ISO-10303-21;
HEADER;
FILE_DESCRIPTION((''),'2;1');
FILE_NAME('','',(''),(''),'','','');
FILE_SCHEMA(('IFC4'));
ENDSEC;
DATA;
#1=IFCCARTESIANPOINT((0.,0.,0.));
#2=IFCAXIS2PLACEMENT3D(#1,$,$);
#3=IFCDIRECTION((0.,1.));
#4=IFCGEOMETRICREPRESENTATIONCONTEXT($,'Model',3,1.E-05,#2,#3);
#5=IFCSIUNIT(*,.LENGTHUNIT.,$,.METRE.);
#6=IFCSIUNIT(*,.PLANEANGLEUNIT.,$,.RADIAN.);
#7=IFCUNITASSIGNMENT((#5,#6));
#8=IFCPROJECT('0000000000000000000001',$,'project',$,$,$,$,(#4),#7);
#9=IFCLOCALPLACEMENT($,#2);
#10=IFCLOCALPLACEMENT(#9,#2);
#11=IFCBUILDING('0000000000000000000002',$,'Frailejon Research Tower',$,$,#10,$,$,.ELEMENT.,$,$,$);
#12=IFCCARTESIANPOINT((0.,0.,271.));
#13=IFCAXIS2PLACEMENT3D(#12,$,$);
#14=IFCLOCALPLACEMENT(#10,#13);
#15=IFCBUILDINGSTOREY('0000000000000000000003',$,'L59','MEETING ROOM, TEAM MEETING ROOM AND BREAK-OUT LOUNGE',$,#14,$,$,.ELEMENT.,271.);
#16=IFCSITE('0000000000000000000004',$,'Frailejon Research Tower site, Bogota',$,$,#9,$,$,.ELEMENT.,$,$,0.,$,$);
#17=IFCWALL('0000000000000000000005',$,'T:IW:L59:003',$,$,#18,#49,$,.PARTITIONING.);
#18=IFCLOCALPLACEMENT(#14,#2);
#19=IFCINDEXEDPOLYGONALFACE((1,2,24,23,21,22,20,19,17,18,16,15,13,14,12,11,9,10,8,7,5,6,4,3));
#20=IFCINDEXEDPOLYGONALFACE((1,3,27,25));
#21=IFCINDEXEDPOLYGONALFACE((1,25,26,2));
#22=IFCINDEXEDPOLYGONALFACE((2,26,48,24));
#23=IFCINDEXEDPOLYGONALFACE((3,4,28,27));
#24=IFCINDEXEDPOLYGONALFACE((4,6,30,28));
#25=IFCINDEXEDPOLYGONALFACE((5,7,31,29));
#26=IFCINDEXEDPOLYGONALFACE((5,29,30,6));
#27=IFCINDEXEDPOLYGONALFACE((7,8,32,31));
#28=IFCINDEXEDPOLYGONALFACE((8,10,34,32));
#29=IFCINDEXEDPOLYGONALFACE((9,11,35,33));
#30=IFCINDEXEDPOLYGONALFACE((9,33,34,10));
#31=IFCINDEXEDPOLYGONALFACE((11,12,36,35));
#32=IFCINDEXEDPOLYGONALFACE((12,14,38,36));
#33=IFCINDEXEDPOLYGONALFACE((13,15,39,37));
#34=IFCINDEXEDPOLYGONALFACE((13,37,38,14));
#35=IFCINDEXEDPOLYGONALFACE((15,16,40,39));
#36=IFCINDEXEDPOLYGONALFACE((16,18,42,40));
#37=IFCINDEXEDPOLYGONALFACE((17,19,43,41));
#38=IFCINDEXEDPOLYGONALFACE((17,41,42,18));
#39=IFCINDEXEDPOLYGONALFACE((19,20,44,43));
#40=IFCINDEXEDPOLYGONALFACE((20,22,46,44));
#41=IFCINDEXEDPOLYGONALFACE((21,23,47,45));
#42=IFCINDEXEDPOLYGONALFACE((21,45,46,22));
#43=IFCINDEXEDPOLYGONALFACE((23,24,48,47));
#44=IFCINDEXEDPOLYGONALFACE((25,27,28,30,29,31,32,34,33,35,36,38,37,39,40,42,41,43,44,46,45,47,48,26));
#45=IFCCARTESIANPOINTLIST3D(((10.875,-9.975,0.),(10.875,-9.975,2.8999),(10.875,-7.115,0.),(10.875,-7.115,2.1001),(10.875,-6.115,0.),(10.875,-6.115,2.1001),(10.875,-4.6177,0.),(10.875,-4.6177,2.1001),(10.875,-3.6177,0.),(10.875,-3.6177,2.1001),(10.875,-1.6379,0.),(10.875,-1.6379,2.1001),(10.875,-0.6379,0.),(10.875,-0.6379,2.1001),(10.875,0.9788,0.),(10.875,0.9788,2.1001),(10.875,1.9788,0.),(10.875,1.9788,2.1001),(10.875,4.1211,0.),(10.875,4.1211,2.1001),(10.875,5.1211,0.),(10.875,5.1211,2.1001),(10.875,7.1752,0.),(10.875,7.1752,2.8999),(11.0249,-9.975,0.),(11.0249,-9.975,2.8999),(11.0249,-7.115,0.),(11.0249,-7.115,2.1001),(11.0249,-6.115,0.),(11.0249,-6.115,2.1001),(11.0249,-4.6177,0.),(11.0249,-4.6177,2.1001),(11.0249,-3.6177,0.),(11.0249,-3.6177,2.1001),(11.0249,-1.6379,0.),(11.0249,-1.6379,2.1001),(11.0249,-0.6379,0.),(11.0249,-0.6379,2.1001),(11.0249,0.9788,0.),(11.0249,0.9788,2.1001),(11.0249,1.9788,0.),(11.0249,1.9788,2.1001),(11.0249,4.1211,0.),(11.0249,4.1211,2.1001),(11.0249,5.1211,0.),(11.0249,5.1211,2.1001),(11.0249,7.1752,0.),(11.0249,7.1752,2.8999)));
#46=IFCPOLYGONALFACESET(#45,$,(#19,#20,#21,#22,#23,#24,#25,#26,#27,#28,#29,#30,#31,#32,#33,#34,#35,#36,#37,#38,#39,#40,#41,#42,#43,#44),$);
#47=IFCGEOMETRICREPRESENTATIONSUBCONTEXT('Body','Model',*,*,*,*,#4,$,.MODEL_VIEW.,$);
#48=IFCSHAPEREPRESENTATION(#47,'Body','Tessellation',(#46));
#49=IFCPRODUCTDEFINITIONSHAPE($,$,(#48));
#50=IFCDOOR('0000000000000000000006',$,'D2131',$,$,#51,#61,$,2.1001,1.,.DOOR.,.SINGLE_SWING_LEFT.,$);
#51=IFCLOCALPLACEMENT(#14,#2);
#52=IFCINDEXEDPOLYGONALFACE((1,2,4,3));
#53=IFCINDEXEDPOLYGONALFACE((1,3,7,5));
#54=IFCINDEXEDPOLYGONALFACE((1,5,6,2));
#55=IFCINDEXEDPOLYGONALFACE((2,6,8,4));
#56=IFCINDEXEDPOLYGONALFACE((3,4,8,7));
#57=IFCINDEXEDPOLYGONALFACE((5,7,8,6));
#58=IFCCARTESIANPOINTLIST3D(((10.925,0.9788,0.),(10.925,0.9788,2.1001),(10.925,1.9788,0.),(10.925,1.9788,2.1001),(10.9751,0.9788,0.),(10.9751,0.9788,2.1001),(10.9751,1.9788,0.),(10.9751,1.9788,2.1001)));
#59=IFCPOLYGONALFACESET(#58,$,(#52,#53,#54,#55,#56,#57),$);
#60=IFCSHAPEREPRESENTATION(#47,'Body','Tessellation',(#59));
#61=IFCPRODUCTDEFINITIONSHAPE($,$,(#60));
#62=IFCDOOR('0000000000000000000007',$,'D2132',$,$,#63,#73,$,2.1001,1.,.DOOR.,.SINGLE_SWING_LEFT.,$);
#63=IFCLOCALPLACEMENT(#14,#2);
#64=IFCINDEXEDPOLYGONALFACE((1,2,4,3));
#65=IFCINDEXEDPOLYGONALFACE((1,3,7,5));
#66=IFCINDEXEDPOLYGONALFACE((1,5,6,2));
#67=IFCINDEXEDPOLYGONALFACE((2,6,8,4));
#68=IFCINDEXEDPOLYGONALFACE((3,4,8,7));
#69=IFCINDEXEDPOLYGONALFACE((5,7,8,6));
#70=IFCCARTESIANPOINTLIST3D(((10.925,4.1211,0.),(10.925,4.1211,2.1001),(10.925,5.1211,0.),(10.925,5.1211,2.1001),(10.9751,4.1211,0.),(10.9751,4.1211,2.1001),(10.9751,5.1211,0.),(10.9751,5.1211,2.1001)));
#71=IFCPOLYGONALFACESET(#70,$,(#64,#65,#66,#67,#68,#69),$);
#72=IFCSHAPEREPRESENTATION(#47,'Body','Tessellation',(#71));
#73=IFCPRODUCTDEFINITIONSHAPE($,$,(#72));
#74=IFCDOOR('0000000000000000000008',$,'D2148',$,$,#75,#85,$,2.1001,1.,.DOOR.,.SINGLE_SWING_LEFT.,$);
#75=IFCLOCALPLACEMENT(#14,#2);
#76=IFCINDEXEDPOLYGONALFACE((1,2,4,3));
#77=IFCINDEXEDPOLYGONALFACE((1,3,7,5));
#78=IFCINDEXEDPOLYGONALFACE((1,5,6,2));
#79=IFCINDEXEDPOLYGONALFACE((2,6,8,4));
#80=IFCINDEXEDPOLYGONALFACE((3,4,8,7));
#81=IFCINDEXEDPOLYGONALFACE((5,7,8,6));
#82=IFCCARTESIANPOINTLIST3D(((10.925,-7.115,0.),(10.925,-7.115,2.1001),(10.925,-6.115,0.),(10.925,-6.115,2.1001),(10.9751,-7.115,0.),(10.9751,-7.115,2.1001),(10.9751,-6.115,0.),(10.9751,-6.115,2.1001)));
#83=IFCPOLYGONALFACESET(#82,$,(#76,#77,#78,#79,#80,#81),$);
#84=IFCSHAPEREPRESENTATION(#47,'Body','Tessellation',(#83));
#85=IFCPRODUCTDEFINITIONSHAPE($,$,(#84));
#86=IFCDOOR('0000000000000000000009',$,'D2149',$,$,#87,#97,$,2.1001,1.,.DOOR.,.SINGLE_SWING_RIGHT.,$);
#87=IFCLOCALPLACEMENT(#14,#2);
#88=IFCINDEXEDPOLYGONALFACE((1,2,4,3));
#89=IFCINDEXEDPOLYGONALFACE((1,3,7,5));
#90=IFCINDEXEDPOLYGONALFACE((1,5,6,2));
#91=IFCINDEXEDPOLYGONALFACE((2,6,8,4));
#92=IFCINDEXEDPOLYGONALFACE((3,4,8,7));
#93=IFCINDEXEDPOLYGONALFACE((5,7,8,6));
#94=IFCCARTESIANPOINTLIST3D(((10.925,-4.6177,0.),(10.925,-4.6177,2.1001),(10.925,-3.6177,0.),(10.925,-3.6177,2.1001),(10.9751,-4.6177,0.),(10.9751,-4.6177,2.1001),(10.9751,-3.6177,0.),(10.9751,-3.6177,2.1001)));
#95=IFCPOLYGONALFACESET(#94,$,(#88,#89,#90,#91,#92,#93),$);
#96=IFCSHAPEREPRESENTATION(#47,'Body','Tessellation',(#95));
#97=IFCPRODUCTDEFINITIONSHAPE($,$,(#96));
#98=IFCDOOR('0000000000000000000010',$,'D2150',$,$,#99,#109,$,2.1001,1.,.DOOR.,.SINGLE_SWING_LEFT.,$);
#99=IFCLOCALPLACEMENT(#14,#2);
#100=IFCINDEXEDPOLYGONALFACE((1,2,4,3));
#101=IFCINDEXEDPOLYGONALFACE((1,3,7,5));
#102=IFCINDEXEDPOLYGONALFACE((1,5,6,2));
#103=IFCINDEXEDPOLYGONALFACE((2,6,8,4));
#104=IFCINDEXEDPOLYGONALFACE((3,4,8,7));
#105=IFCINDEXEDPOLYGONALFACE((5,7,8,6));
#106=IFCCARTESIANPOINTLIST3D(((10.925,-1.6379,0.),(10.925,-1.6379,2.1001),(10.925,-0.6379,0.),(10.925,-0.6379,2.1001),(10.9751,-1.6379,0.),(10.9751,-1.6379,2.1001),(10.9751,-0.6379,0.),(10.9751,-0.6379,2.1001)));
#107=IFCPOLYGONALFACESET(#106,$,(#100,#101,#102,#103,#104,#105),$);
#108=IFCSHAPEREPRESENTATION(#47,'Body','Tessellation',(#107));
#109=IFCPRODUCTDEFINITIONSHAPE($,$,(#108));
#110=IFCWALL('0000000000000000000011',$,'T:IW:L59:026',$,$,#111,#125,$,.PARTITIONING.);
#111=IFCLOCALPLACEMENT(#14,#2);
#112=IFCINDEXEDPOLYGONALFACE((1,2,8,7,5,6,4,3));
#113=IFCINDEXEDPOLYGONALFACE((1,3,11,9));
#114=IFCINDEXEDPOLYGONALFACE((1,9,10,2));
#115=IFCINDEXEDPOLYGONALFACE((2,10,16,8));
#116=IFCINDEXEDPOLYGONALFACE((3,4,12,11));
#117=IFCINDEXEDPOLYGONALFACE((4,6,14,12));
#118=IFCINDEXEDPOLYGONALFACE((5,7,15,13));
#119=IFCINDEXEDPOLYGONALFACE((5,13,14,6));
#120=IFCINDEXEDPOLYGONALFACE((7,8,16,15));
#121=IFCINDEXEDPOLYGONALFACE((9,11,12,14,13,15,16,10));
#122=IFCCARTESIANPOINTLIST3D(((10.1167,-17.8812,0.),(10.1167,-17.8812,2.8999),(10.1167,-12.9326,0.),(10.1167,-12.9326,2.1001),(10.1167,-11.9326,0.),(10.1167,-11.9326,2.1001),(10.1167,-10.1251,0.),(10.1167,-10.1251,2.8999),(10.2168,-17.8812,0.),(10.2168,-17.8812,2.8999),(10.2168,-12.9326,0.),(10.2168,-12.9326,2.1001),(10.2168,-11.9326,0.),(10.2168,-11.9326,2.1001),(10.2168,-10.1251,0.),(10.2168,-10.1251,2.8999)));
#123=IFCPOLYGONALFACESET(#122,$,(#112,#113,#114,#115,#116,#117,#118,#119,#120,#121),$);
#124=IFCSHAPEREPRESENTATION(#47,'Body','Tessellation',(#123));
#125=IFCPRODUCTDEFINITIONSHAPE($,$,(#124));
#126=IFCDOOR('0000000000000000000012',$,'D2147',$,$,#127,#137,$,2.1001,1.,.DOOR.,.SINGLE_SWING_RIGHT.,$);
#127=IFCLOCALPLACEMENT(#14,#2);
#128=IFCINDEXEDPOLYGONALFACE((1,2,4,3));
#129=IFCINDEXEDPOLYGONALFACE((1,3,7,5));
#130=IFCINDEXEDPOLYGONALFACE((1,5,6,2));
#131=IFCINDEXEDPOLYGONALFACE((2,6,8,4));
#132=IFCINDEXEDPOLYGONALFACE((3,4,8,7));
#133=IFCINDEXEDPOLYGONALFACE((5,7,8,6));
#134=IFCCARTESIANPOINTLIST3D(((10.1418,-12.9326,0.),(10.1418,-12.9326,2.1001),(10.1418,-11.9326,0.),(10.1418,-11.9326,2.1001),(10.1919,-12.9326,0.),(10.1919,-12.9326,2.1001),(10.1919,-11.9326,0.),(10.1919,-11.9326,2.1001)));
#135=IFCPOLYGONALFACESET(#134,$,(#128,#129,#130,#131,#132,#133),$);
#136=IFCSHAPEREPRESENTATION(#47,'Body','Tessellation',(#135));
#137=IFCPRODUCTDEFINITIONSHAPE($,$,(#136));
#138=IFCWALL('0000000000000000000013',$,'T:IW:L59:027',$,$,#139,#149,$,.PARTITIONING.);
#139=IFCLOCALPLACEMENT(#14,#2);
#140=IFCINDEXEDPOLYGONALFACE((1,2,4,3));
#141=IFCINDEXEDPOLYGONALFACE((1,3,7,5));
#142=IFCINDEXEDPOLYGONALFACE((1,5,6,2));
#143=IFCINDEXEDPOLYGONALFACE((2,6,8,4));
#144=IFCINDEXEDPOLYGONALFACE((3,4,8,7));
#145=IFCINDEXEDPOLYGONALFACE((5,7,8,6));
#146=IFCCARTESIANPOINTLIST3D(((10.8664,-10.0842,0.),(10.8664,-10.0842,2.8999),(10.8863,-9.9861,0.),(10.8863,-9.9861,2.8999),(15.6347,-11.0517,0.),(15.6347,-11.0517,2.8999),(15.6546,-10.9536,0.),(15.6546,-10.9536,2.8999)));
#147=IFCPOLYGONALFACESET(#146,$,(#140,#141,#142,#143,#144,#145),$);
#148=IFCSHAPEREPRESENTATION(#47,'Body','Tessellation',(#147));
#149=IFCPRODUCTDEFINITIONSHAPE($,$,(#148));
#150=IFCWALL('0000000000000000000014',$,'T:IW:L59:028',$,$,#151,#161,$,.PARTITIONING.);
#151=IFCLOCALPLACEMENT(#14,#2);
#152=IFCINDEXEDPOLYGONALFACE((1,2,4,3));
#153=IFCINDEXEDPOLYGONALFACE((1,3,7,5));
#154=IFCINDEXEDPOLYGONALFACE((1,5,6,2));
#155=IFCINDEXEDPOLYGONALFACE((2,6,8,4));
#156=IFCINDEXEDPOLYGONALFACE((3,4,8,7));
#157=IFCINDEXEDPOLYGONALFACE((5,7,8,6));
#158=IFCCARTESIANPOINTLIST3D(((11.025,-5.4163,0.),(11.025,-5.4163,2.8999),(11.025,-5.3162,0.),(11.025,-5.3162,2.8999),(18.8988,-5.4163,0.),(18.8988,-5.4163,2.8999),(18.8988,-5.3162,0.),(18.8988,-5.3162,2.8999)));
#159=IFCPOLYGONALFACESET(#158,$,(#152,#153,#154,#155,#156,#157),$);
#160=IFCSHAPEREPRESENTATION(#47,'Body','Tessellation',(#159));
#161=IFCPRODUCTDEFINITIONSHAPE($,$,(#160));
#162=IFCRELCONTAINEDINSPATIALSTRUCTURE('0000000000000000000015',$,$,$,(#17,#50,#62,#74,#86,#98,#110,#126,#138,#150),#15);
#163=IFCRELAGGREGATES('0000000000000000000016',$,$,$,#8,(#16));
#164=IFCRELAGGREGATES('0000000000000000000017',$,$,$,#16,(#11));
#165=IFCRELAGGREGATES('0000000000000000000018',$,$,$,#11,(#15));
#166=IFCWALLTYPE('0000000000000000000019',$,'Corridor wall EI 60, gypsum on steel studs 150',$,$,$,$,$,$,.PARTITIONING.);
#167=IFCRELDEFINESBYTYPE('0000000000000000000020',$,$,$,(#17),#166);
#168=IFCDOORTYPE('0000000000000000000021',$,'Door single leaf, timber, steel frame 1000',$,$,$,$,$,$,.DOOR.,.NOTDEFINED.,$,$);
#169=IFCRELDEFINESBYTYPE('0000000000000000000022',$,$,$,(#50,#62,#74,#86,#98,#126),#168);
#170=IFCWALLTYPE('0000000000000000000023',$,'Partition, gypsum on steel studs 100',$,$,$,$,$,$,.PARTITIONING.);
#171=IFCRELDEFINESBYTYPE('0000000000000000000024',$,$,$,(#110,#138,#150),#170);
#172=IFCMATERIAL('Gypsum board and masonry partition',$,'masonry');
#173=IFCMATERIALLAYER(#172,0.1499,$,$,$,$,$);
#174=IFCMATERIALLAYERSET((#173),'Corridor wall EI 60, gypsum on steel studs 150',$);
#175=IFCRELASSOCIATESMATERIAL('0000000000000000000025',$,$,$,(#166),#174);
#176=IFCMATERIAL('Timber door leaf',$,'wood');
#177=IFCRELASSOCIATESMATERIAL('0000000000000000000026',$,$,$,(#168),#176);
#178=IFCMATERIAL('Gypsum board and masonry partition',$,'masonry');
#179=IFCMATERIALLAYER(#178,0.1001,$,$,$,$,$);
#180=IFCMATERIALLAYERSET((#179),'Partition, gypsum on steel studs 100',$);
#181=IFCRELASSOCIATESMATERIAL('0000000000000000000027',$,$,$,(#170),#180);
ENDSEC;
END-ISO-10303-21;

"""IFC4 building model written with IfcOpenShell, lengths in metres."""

from ifc_helpers import new_model, si_unit, direction, frame, frame_2d, origin, place, context, subcontext, project, spatial, rectangle, extrude, material, layer, layer_set, type_object, element, fill, save


model = new_model("IFC4")

# Units and contexts
model_context = context("Model", 3, precision=1e-05, world=origin(), true_north=direction((0.0, 1.0)))
body_context = subcontext(model_context, "Body", "Model", "MODEL_VIEW")
ifc_project = project(units=[si_unit("LENGTHUNIT", "METRE"), si_unit("PLANEANGLEUNIT", "RADIAN")], contexts=[model_context])

# Site, building, storey
site_placement = place(None, origin())
site = spatial("IfcSite", under=ifc_project, at=site_placement, Name="Frailejon Research Tower site, Bogota", CompositionType="ELEMENT", RefElevation=0.0)
building_placement = place(site_placement, origin())
building = spatial("IfcBuilding", under=site, at=building_placement, Name="Frailejon Research Tower", CompositionType="ELEMENT")
storey_placement = place(building_placement, frame((0.0, 0.0, 271.0)))
storey = spatial("IfcBuildingStorey", under=building, at=storey_placement, Name="L59", Description="MEETING ROOM, TEAM MEETING ROOM AND BREAK-OUT LOUNGE", CompositionType="ELEMENT", Elevation=271.0)

# Wall, openings, doors
ifc_material_1 = material(Name="Gypsum board and masonry partition", Category="masonry")
ifc_layer_1 = layer(ifc_material_1, 0.1499)
ifc_layer_set_1 = layer_set([ifc_layer_1], Name="Corridor wall EI 60, gypsum on steel studs 150")
wall_type_1 = type_object("IfcWallType", Name="Corridor wall EI 60, gypsum on steel studs 150", PredefinedType="PARTITIONING", material=ifc_layer_set_1)
wall_1_placement = place(storey_placement, frame((10.95, -9.9751, 0.0), z_axis=(0.0, 0.0, 1.0), x_axis=(0.0, 1.0, 0.0)))
wall_1 = element("IfcWall", 1, at=wall_1_placement, inside=storey, type_object=wall_type_1, Name="T:IW:L59:003", PredefinedType="PARTITIONING", context=body_context, shape_type="SweptSolid", body=[
    extrude(rectangle(XDim=17.1501, YDim=0.1499, at=frame_2d((8.5752, 0.0))), origin(), (0.0, 0.0, 1.0), 2.8999),
])
opening_1_placement = place(wall_1_placement, frame((10.9539, 0.0, 0.0)))
opening_1 = element("IfcOpeningElement", 2, at=opening_1_placement, cuts=wall_1, PredefinedType="OPENING", context=body_context, shape_type="SweptSolid", body=[
    extrude(rectangle(XDim=1.0, YDim=2.1001, at=frame_2d((0.5, 1.05))), frame((0.0, 0.085, 0.0), z_axis=(0.0, -1.0, 0.0), x_axis=(1.0, 0.0, 0.0)), (0.0, 0.0, 1.0), 0.1699),
])
opening_2_placement = place(wall_1_placement, frame((14.0962, 0.0, 0.0)))
opening_2 = element("IfcOpeningElement", 3, at=opening_2_placement, cuts=wall_1, PredefinedType="OPENING", context=body_context, shape_type="SweptSolid", body=[
    extrude(rectangle(XDim=1.0, YDim=2.1001, at=frame_2d((0.5, 1.05))), frame((0.0, 0.085, 0.0), z_axis=(0.0, -1.0, 0.0), x_axis=(1.0, 0.0, 0.0)), (0.0, 0.0, 1.0), 0.1699),
])
opening_3_placement = place(wall_1_placement, frame((2.8601, 0.0, 0.0)))
opening_3 = element("IfcOpeningElement", 4, at=opening_3_placement, cuts=wall_1, PredefinedType="OPENING", context=body_context, shape_type="SweptSolid", body=[
    extrude(rectangle(XDim=1.0, YDim=2.1001, at=frame_2d((0.5, 1.05))), frame((0.0, 0.085, 0.0), z_axis=(0.0, -1.0, 0.0), x_axis=(1.0, 0.0, 0.0)), (0.0, 0.0, 1.0), 0.1699),
])
opening_4_placement = place(wall_1_placement, frame((5.3574, 0.0, 0.0)))
opening_4 = element("IfcOpeningElement", 5, at=opening_4_placement, cuts=wall_1, PredefinedType="OPENING", context=body_context, shape_type="SweptSolid", body=[
    extrude(rectangle(XDim=1.0, YDim=2.1001, at=frame_2d((0.5, 1.05))), frame((0.0, 0.085, 0.0), z_axis=(0.0, -1.0, 0.0), x_axis=(1.0, 0.0, 0.0)), (0.0, 0.0, 1.0), 0.1699),
])
opening_5_placement = place(wall_1_placement, frame((8.3372, 0.0, 0.0)))
opening_5 = element("IfcOpeningElement", 6, at=opening_5_placement, cuts=wall_1, PredefinedType="OPENING", context=body_context, shape_type="SweptSolid", body=[
    extrude(rectangle(XDim=1.0, YDim=2.1001, at=frame_2d((0.5, 1.05))), frame((0.0, 0.085, 0.0), z_axis=(0.0, -1.0, 0.0), x_axis=(1.0, 0.0, 0.0)), (0.0, 0.0, 1.0), 0.1699),
])
ifc_material_2 = material(Name="Timber door leaf", Category="wood")
door_type_1 = type_object("IfcDoorType", Name="Door single leaf, timber, steel frame 1000", OperationType="NOTDEFINED", PredefinedType="DOOR", material=ifc_material_2)
door_1_placement = place(opening_1_placement, origin())
door_1 = element("IfcDoor", 7, at=door_1_placement, inside=storey, type_object=door_type_1, Name="D2131", OperationType="SINGLE_SWING_LEFT", OverallHeight=2.1001, OverallWidth=1.0, PredefinedType="DOOR", context=body_context, shape_type="SweptSolid", body=[
    extrude(rectangle(XDim=1.0, YDim=2.1001, at=frame_2d((0.5, 1.05))), frame((0.0, 0.0249, 0.0), z_axis=(0.0, -1.0, 0.0), x_axis=(1.0, 0.0, 0.0)), (0.0, 0.0, 1.0), 0.05),
])
fill(opening_1, door_1)
door_2_placement = place(opening_2_placement, origin())
door_2 = element("IfcDoor", 8, at=door_2_placement, inside=storey, type_object=door_type_1, Name="D2132", OperationType="SINGLE_SWING_LEFT", OverallHeight=2.1001, OverallWidth=1.0, PredefinedType="DOOR", context=body_context, shape_type="SweptSolid", body=[
    extrude(rectangle(XDim=1.0, YDim=2.1001, at=frame_2d((0.5, 1.05))), frame((0.0, 0.0249, 0.0), z_axis=(0.0, -1.0, 0.0), x_axis=(1.0, 0.0, 0.0)), (0.0, 0.0, 1.0), 0.05),
])
fill(opening_2, door_2)
door_3_placement = place(opening_3_placement, origin())
door_3 = element("IfcDoor", 9, at=door_3_placement, inside=storey, type_object=door_type_1, Name="D2148", OperationType="SINGLE_SWING_LEFT", OverallHeight=2.1001, OverallWidth=1.0, PredefinedType="DOOR", context=body_context, shape_type="SweptSolid", body=[
    extrude(rectangle(XDim=1.0, YDim=2.1001, at=frame_2d((0.5, 1.05))), frame((0.0, 0.0249, 0.0), z_axis=(0.0, -1.0, 0.0), x_axis=(1.0, 0.0, 0.0)), (0.0, 0.0, 1.0), 0.05),
])
fill(opening_3, door_3)
door_4_placement = place(opening_4_placement, origin())
door_4 = element("IfcDoor", 10, at=door_4_placement, inside=storey, type_object=door_type_1, Name="D2149", OperationType="SINGLE_SWING_RIGHT", OverallHeight=2.1001, OverallWidth=1.0, PredefinedType="DOOR", context=body_context, shape_type="SweptSolid", body=[
    extrude(rectangle(XDim=1.0, YDim=2.1001, at=frame_2d((0.5, 1.05))), frame((0.0, 0.0249, 0.0), z_axis=(0.0, -1.0, 0.0), x_axis=(1.0, 0.0, 0.0)), (0.0, 0.0, 1.0), 0.05),
])
fill(opening_4, door_4)
door_5_placement = place(opening_5_placement, origin())
door_5 = element("IfcDoor", 11, at=door_5_placement, inside=storey, type_object=door_type_1, Name="D2150", OperationType="SINGLE_SWING_LEFT", OverallHeight=2.1001, OverallWidth=1.0, PredefinedType="DOOR", context=body_context, shape_type="SweptSolid", body=[
    extrude(rectangle(XDim=1.0, YDim=2.1001, at=frame_2d((0.5, 1.05))), frame((0.0, 0.0249, 0.0), z_axis=(0.0, -1.0, 0.0), x_axis=(1.0, 0.0, 0.0)), (0.0, 0.0, 1.0), 0.05),
])
fill(opening_5, door_5)

# Wall, opening, door
ifc_material_3 = material(Name="Gypsum board and masonry partition", Category="masonry")
ifc_layer_2 = layer(ifc_material_3, 0.1001)
ifc_layer_set_2 = layer_set([ifc_layer_2], Name="Partition, gypsum on steel studs 100")
wall_type_2 = type_object("IfcWallType", Name="Partition, gypsum on steel studs 100", PredefinedType="PARTITIONING", material=ifc_layer_set_2)
wall_2_placement = place(storey_placement, frame((10.1667, -17.8811, 0.0), z_axis=(0.0, 0.0, 1.0), x_axis=(0.0, 1.0, 0.0)))
wall_2 = element("IfcWall", 12, at=wall_2_placement, inside=storey, type_object=wall_type_2, Name="T:IW:L59:026", PredefinedType="PARTITIONING", context=body_context, shape_type="SweptSolid", body=[
    extrude(rectangle(XDim=7.7561, YDim=0.1001, at=frame_2d((3.8779, 0.0))), origin(), (0.0, 0.0, 1.0), 2.8999),
])
opening_6_placement = place(wall_2_placement, frame((4.9485, 0.0, 0.0)))
opening_6 = element("IfcOpeningElement", 13, at=opening_6_placement, cuts=wall_2, PredefinedType="OPENING", context=body_context, shape_type="SweptSolid", body=[
    extrude(rectangle(XDim=1.0, YDim=2.1001, at=frame_2d((0.5, 1.05))), frame((0.0, 0.0601, 0.0), z_axis=(0.0, -1.0, 0.0), x_axis=(1.0, 0.0, 0.0)), (0.0, 0.0, 1.0), 0.1201),
])
door_6_placement = place(opening_6_placement, origin())
door_6 = element("IfcDoor", 14, at=door_6_placement, inside=storey, type_object=door_type_1, Name="D2147", OperationType="SINGLE_SWING_RIGHT", OverallHeight=2.1001, OverallWidth=1.0, PredefinedType="DOOR", context=body_context, shape_type="SweptSolid", body=[
    extrude(rectangle(XDim=1.0, YDim=2.1001, at=frame_2d((0.5, 1.05))), frame((0.0, 0.0249, 0.0), z_axis=(0.0, -1.0, 0.0), x_axis=(1.0, 0.0, 0.0)), (0.0, 0.0, 1.0), 0.05),
])
fill(opening_6, door_6)

# Walls
wall_3_placement = place(storey_placement, frame((10.8765, -10.0352, 0.0), z_axis=(0.0, 0.0, 1.0), x_axis=(0.980029, -0.198856, 0.0)))
element("IfcWall", 15, at=wall_3_placement, inside=storey, type_object=wall_type_2, Name="T:IW:L59:027", PredefinedType="PARTITIONING", context=body_context, shape_type="SweptSolid", body=[
    extrude(rectangle(XDim=4.8655, YDim=0.1001, at=frame_2d((2.4326, 0.0))), origin(), (0.0, 0.0, 1.0), 2.8999),
])
wall_4_placement = place(storey_placement, frame((11.0249, -5.3662, 0.0), z_axis=(0.0, 0.0, 1.0), x_axis=(1.0, 0.0, 0.0)))
element("IfcWall", 16, at=wall_4_placement, inside=storey, type_object=wall_type_2, Name="T:IW:L59:028", PredefinedType="PARTITIONING", context=body_context, shape_type="SweptSolid", body=[
    extrude(rectangle(XDim=7.8738, YDim=0.1001, at=frame_2d((3.937, 0.0))), origin(), (0.0, 0.0, 1.0), 2.8999),
])

save(model, "model.ifc")
